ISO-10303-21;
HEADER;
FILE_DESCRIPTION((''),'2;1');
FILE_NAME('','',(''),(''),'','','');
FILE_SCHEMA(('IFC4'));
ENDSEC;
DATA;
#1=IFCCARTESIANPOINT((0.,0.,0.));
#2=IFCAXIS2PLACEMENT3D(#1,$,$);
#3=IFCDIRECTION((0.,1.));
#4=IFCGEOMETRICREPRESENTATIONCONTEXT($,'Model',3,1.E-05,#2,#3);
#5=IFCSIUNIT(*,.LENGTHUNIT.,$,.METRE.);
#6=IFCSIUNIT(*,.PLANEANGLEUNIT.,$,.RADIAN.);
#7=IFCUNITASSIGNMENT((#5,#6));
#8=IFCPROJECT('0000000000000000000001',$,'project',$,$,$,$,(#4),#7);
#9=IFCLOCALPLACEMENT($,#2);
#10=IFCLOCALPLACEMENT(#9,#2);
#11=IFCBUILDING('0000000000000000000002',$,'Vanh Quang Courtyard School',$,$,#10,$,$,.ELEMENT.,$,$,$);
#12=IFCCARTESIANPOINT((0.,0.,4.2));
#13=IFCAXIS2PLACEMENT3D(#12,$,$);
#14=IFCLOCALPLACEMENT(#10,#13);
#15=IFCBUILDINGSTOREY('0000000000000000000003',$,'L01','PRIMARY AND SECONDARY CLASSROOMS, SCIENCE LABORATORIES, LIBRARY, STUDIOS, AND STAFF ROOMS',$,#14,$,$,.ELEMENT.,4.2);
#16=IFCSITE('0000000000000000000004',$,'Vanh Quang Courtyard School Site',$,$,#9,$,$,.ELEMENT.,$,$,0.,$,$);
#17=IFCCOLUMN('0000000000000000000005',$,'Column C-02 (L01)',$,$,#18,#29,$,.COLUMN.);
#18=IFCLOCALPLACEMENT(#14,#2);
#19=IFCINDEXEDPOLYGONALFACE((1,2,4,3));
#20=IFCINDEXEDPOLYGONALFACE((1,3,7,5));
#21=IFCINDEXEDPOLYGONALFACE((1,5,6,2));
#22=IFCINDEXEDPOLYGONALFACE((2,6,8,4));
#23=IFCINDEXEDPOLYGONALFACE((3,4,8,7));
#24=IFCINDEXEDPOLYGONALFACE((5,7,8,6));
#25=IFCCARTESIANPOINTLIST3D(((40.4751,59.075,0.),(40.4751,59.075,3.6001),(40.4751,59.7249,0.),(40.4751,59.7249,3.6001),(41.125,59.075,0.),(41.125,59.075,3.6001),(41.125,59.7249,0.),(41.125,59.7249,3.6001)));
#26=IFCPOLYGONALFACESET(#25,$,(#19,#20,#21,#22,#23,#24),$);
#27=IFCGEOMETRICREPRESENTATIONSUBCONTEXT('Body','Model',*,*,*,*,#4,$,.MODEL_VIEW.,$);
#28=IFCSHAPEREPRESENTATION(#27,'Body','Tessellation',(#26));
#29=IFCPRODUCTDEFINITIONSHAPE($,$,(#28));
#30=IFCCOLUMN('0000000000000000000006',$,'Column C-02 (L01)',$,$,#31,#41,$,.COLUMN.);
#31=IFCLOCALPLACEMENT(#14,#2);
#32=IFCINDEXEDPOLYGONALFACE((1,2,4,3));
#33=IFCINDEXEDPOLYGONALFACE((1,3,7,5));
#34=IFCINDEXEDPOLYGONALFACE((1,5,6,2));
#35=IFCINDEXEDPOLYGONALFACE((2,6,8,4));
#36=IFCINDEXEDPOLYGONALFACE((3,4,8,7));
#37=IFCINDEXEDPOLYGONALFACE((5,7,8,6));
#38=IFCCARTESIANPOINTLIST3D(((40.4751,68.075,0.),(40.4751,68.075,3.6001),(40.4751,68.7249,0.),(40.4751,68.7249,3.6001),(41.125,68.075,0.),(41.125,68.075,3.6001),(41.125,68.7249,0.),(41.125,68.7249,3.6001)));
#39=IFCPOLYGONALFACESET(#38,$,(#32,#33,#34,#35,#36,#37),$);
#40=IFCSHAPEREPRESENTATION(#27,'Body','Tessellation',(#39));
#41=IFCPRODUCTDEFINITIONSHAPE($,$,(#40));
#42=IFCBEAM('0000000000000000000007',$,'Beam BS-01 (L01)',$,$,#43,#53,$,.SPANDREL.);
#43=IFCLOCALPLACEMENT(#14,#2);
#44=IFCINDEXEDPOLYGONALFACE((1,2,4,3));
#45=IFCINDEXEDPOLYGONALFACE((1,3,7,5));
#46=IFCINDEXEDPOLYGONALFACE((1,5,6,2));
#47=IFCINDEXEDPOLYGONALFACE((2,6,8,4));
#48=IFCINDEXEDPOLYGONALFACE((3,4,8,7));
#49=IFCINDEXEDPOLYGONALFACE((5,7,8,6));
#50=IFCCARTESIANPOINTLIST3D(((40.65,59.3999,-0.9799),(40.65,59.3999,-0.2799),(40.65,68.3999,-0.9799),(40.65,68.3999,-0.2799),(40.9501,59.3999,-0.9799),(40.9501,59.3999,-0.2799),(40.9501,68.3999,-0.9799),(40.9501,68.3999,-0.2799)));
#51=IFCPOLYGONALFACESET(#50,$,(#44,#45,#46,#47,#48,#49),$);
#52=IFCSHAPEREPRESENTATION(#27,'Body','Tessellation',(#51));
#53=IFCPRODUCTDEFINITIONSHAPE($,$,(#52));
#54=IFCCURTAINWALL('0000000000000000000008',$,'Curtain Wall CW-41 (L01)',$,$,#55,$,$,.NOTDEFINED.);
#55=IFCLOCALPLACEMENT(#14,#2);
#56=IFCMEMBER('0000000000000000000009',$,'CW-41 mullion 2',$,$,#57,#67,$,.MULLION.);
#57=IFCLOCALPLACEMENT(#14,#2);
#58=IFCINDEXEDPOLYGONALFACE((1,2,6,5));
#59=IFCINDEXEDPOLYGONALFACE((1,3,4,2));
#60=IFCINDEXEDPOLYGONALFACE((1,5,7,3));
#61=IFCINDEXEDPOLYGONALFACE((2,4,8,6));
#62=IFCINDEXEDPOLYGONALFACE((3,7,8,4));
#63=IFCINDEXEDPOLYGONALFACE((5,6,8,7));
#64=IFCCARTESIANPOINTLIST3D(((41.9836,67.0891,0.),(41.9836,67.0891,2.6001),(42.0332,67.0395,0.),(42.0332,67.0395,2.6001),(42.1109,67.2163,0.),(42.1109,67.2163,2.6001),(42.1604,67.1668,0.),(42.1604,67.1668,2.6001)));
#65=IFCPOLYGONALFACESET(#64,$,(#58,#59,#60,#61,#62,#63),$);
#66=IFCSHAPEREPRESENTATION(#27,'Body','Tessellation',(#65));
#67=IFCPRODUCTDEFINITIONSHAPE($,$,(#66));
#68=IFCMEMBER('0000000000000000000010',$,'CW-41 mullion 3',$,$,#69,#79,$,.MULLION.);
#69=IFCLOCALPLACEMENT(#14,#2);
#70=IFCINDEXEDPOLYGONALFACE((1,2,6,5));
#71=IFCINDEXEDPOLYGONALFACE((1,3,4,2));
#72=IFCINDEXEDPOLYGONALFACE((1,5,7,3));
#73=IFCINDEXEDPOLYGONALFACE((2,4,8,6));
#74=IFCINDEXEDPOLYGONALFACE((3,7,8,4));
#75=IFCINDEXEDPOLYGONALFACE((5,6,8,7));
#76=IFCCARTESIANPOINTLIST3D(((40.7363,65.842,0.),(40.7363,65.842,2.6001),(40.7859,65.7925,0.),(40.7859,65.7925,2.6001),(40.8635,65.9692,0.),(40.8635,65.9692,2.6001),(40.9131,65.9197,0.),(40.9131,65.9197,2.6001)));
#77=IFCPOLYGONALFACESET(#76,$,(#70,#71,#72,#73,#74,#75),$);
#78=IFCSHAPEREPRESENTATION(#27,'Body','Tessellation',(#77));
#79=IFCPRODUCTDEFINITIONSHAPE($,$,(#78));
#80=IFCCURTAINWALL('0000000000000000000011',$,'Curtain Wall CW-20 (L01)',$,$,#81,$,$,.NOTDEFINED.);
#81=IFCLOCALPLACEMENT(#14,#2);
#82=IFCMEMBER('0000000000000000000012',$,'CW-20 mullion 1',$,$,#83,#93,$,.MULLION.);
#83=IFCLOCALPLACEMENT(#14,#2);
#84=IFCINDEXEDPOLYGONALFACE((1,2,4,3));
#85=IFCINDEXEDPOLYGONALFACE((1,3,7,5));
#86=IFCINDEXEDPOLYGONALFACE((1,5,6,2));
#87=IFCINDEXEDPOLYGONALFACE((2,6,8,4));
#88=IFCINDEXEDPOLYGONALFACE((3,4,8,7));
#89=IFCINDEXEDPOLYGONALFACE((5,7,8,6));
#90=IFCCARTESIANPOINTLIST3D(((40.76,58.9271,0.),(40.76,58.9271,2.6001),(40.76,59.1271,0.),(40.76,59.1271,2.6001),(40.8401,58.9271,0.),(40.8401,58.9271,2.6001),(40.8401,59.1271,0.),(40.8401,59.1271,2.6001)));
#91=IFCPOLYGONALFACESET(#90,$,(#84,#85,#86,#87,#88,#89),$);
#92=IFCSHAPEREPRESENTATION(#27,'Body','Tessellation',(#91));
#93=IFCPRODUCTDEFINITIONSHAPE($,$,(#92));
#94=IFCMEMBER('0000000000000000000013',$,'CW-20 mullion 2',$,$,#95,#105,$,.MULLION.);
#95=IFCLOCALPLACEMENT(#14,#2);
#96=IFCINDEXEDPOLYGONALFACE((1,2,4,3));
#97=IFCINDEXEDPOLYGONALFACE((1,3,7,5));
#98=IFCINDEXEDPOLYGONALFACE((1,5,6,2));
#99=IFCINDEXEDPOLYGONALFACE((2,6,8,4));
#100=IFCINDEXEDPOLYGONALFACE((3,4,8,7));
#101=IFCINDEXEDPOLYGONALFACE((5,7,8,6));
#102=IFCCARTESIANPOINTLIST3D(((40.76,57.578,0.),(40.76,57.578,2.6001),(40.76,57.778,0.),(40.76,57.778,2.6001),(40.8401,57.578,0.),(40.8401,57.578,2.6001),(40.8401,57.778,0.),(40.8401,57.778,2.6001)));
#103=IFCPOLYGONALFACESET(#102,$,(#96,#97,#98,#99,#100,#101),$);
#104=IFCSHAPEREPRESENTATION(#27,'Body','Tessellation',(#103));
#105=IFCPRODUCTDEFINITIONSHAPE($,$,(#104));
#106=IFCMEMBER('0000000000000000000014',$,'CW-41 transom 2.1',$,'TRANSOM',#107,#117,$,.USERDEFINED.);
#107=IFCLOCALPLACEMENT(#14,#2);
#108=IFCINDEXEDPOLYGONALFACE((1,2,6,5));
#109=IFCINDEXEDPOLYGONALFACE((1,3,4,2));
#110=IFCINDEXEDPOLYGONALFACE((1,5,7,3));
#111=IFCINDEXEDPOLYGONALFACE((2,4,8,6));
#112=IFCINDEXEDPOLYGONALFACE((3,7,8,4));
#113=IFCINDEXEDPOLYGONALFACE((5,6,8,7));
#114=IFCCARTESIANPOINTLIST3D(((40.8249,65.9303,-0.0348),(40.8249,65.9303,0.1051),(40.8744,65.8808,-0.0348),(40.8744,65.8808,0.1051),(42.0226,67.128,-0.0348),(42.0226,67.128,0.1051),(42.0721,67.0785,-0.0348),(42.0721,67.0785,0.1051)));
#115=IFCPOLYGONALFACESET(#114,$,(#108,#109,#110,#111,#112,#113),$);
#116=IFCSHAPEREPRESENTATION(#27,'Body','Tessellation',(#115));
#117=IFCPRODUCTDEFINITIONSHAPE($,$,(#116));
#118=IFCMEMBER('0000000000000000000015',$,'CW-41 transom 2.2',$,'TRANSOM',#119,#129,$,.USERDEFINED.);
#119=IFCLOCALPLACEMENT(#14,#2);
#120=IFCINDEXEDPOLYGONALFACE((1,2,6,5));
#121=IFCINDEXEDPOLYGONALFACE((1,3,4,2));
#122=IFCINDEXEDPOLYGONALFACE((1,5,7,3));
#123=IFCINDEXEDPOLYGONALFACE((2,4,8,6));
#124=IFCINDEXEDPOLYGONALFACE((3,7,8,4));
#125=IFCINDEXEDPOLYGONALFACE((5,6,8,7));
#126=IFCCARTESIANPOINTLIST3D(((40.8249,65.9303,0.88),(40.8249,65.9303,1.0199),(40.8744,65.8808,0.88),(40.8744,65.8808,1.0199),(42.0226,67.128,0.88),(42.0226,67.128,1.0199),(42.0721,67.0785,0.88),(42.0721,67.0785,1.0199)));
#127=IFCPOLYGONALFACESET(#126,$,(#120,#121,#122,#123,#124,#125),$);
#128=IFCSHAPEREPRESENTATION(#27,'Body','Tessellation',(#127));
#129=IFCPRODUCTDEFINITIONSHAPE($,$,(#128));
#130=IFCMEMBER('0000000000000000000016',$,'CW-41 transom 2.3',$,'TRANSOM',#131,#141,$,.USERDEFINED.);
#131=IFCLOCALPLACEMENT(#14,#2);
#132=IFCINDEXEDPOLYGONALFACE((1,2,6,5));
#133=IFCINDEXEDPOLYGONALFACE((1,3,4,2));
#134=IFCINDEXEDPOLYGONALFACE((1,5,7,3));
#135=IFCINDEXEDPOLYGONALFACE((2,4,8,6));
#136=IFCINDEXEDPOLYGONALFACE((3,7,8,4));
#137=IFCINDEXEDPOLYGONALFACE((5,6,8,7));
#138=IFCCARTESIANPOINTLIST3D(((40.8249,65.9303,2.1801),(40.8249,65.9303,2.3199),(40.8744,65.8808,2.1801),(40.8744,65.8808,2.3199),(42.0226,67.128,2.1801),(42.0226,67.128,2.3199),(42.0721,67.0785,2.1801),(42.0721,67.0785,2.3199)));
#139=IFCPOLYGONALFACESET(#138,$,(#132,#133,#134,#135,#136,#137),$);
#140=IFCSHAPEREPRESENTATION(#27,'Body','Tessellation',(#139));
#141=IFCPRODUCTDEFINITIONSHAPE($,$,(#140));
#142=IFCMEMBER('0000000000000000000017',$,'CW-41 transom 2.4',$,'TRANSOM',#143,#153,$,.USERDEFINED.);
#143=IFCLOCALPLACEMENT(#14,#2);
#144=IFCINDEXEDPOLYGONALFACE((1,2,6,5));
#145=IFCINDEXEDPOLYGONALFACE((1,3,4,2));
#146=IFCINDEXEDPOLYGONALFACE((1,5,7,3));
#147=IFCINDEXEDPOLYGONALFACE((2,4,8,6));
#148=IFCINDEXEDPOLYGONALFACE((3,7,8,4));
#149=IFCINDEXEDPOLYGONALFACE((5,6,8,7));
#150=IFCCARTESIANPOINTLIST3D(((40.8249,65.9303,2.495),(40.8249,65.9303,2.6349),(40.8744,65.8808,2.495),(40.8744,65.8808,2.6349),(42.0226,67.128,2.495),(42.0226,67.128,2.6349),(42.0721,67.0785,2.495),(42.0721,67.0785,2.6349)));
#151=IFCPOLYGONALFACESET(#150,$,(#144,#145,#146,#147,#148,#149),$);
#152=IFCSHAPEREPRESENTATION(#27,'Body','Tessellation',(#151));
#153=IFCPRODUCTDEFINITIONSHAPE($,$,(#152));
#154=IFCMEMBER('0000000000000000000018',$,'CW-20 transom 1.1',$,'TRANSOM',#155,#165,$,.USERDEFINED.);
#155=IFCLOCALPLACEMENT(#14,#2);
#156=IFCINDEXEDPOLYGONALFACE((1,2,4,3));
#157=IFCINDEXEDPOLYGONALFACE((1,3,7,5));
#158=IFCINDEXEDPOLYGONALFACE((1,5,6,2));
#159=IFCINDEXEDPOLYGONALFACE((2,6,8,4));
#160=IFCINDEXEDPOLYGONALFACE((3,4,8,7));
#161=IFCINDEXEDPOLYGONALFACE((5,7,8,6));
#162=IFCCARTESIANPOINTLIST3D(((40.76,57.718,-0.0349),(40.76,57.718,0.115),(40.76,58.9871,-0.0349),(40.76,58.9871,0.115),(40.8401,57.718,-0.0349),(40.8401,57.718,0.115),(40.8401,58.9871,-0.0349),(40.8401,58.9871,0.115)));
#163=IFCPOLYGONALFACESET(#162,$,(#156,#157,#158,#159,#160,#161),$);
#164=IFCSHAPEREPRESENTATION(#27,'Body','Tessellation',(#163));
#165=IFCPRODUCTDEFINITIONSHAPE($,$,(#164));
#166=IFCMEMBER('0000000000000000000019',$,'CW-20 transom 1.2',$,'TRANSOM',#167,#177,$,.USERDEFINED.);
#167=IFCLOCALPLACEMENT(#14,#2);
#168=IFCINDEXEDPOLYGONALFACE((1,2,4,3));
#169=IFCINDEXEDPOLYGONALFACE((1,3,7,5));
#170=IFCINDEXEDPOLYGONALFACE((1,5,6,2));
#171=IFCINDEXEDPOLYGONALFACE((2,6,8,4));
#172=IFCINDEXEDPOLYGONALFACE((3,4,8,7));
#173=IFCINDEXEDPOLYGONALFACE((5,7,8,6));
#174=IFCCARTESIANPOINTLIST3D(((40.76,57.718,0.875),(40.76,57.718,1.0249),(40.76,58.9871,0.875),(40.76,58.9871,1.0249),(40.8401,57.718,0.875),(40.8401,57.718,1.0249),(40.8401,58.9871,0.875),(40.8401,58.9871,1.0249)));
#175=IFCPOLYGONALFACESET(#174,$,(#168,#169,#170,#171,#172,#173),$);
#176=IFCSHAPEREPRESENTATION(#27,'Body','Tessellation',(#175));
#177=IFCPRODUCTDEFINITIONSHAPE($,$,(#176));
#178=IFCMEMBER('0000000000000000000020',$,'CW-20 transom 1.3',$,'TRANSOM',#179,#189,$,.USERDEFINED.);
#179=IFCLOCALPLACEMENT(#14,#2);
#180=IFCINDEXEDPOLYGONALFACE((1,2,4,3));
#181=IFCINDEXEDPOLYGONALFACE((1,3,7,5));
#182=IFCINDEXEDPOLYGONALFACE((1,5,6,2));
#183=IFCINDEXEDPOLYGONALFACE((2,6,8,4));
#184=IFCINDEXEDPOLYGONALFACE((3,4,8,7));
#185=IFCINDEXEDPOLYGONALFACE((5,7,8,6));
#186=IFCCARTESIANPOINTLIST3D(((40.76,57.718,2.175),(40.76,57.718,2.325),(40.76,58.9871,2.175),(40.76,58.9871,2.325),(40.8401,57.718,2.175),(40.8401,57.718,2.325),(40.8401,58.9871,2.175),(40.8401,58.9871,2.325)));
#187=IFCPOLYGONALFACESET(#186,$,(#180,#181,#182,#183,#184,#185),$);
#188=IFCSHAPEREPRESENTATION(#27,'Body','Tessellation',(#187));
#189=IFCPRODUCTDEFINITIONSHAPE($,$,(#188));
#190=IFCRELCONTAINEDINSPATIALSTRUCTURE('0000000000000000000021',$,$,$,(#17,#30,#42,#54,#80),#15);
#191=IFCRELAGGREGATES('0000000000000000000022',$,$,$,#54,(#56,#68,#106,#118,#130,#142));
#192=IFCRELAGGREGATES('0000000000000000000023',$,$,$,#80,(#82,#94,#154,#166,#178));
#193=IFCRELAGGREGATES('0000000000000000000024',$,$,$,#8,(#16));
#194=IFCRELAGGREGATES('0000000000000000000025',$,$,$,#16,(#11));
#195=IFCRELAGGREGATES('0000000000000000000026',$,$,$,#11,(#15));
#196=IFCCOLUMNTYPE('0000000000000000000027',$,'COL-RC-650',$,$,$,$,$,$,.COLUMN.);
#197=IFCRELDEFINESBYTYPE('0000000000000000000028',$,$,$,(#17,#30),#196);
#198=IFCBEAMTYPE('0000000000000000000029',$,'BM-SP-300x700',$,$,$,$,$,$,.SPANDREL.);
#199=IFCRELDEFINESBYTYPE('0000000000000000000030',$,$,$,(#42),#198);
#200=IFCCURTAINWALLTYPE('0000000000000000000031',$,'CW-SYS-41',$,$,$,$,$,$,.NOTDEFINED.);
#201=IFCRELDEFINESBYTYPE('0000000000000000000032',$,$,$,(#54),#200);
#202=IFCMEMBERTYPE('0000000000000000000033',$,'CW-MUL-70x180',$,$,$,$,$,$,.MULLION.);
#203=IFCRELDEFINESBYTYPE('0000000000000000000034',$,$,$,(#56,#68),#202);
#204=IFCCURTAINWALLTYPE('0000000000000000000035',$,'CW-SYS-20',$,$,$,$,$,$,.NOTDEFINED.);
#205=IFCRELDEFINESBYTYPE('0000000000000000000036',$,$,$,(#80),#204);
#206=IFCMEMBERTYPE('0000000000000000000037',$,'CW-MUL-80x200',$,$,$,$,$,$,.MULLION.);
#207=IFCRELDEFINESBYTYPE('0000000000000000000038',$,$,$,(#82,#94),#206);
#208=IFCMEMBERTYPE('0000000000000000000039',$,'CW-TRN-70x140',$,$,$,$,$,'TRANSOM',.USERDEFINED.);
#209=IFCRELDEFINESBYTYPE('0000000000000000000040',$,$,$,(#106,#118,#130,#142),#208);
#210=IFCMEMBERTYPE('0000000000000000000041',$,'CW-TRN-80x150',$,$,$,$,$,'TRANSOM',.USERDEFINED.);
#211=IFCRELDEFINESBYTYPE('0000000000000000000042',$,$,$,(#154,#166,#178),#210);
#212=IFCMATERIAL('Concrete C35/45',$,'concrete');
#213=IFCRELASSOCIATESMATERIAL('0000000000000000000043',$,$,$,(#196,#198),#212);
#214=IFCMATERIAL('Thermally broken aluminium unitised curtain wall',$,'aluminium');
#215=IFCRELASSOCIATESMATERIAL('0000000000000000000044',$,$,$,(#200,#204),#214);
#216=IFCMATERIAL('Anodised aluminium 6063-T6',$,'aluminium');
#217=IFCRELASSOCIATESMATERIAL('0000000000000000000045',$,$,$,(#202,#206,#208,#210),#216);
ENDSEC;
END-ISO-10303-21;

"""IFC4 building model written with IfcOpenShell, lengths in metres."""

from ifc_helpers import new_model, si_unit, direction, frame, origin, origin_2d, place, context, subcontext, project, spatial, rectangle, extrude, material, material_profile, profile_set, type_object, element, aggregate, save


model = new_model("IFC4")

# Units and contexts
model_context = context("Model", 3, precision=1e-05, world=origin(), true_north=direction((0.0, 1.0)))
body_context = subcontext(model_context, "Body", "Model", "MODEL_VIEW")
ifc_project = project(units=[si_unit("LENGTHUNIT", "METRE"), si_unit("PLANEANGLEUNIT", "RADIAN")], contexts=[model_context])

# Site, building, storey
site_placement = place(None, origin())
site = spatial("IfcSite", under=ifc_project, at=site_placement, Name="Vanh Quang Courtyard School Site", CompositionType="ELEMENT", RefElevation=0.0)
building_placement = place(site_placement, origin())
building = spatial("IfcBuilding", under=site, at=building_placement, Name="Vanh Quang Courtyard School", CompositionType="ELEMENT")
storey_placement = place(building_placement, frame((0.0, 0.0, 4.2)))
storey = spatial("IfcBuildingStorey", under=building, at=storey_placement, Name="L01", Description="PRIMARY AND SECONDARY CLASSROOMS, SCIENCE LABORATORIES, LIBRARY, STUDIOS, AND STAFF ROOMS", CompositionType="ELEMENT", Elevation=4.2)

# Columns
ifc_material_1 = material(Name="Concrete C35/45", Category="concrete")
ifc_material_profile_1 = material_profile(ifc_material_1, rectangle(XDim=0.6499, YDim=0.6499, at=origin_2d()), Name="RC-COL 650x650")
ifc_profile_set_1 = profile_set([ifc_material_profile_1], Name="Concrete C35/45")
column_type = type_object("IfcColumnType", Name="COL-RC-650", PredefinedType="COLUMN", material=ifc_profile_set_1)
for number, where, z_axis, x_axis, name in (
    (1, (40.8, 59.3999, 0.0), (0.0, 0.0, 1.0), (1.0, 0.0, 0.0), "Column C-02 (L01)"),
    (2, (40.8, 68.3999, 0.0), (0.0, 0.0, 1.0), (1.0, 0.0, 0.0), "Column C-02 (L01)"),
):
    element("IfcColumn", number, at=place(storey_placement, frame(where, z_axis=z_axis, x_axis=x_axis)), inside=storey, type_object=column_type, Name=name, PredefinedType="COLUMN", context=body_context, shape_type="SweptSolid", body=[
        extrude(rectangle(XDim=0.6499, YDim=0.6499, at=origin_2d()), origin(), (0.0, 0.0, 1.0), 3.6001),
    ])

# Beam
ifc_material_profile_2 = material_profile(ifc_material_1, rectangle(XDim=0.3, YDim=0.7, at=origin_2d()), Name="RC-SP 300x700")
ifc_profile_set_2 = profile_set([ifc_material_profile_2], Name="Concrete C35/45")
beam_type = type_object("IfcBeamType", Name="BM-SP-300x700", PredefinedType="SPANDREL", material=ifc_profile_set_2)
beam_placement = place(storey_placement, frame((40.8, 59.3999, -0.6299), z_axis=(0.0, 1.0, 0.0), x_axis=(-1.0, 0.0, 0.0)))
element("IfcBeam", 3, at=beam_placement, inside=storey, type_object=beam_type, Name="Beam BS-01 (L01)", PredefinedType="SPANDREL", context=body_context, shape_type="SweptSolid", body=[
    extrude(rectangle(XDim=0.3, YDim=0.7, at=origin_2d()), origin(), (0.0, 0.0, 1.0), 9.0),
])

# Curtain walls, members
ifc_material_2 = material(Name="Thermally broken aluminium unitised curtain wall", Category="aluminium")
curtain_wall_type_1 = type_object("IfcCurtainWallType", Name="CW-SYS-41", PredefinedType="NOTDEFINED", material=ifc_material_2)
curtain_wall_1_placement = place(storey_placement, origin())
curtain_wall_1 = element("IfcCurtainWall", 4, at=curtain_wall_1_placement, inside=storey, type_object=curtain_wall_type_1, Name="Curtain Wall CW-41 (L01)", PredefinedType="NOTDEFINED")
ifc_material_3 = material(Name="Anodised aluminium 6063-T6", Category="aluminium")
ifc_material_profile_3 = material_profile(ifc_material_3, rectangle(XDim=0.0701, YDim=0.1799, at=origin_2d()), Name="ALU-MUL 70x180")
ifc_profile_set_3 = profile_set([ifc_material_profile_3], Name="Anodised aluminium 6063-T6")
member_type_1 = type_object("IfcMemberType", Name="CW-MUL-70x180", PredefinedType="MULLION", material=ifc_profile_set_3)
member_1_placement = place(storey_placement, frame((42.072, 67.1279, 0.0), z_axis=(0.0, 0.0, 1.0), x_axis=(0.707107, -0.707107, 0.0)))
member_1 = element("IfcMember", 5, at=member_1_placement, type_object=member_type_1, Name="CW-41 mullion 2", PredefinedType="MULLION", context=body_context, shape_type="SweptSolid", body=[
    extrude(rectangle(XDim=0.0701, YDim=0.1799, at=origin_2d()), origin(), (0.0, 0.0, 1.0), 2.6001),
])
member_2_placement = place(storey_placement, frame((40.8247, 65.8809, 0.0), z_axis=(0.0, 0.0, 1.0), x_axis=(0.707107, -0.707107, 0.0)))
member_2 = element("IfcMember", 6, at=member_2_placement, type_object=member_type_1, Name="CW-41 mullion 3", PredefinedType="MULLION", context=body_context, shape_type="SweptSolid", body=[
    extrude(rectangle(XDim=0.0701, YDim=0.1799, at=origin_2d()), origin(), (0.0, 0.0, 1.0), 2.6001),
])
curtain_wall_type_2 = type_object("IfcCurtainWallType", Name="CW-SYS-20", PredefinedType="NOTDEFINED", material=ifc_material_2)
curtain_wall_2_placement = place(storey_placement, origin())
curtain_wall_2 = element("IfcCurtainWall", 7, at=curtain_wall_2_placement, inside=storey, type_object=curtain_wall_type_2, Name="Curtain Wall CW-20 (L01)", PredefinedType="NOTDEFINED")
ifc_material_profile_4 = material_profile(ifc_material_3, rectangle(XDim=0.0801, YDim=0.2, at=origin_2d()), Name="ALU-MUL 80x200")
ifc_profile_set_4 = profile_set([ifc_material_profile_4], Name="Anodised aluminium 6063-T6")
member_type_2 = type_object("IfcMemberType", Name="CW-MUL-80x200", PredefinedType="MULLION", material=ifc_profile_set_4)
member_3_placement = place(storey_placement, frame((40.8, 59.0271, 0.0), z_axis=(0.0, 0.0, 1.0), x_axis=(1.0, 0.0, 0.0)))
member_3 = element("IfcMember", 8, at=member_3_placement, type_object=member_type_2, Name="CW-20 mullion 1", PredefinedType="MULLION", context=body_context, shape_type="SweptSolid", body=[
    extrude(rectangle(XDim=0.0801, YDim=0.2, at=origin_2d()), origin(), (0.0, 0.0, 1.0), 2.6001),
])
member_4_placement = place(storey_placement, frame((40.8, 57.678, 0.0), z_axis=(0.0, 0.0, 1.0), x_axis=(1.0, 0.0, 0.0)))
member_4 = element("IfcMember", 9, at=member_4_placement, type_object=member_type_2, Name="CW-20 mullion 2", PredefinedType="MULLION", context=body_context, shape_type="SweptSolid", body=[
    extrude(rectangle(XDim=0.0801, YDim=0.2, at=origin_2d()), origin(), (0.0, 0.0, 1.0), 2.6001),
])

# Members
ifc_material_profile_5 = material_profile(ifc_material_3, rectangle(XDim=0.0701, YDim=0.1399, at=origin_2d()), Name="ALU-TRN 70x140")
ifc_profile_set_5 = profile_set([ifc_material_profile_5], Name="Anodised aluminium 6063-T6")
member_type_3 = type_object("IfcMemberType", Name="CW-TRN-70x140", ElementType="TRANSOM", PredefinedType="USERDEFINED", material=ifc_profile_set_5)
member_5_placement = place(storey_placement, frame((42.0474, 67.1033, 0.0352), z_axis=(-0.707107, -0.707107, 0.0), x_axis=(0.707107, -0.707107, 0.0)))
member_5 = element("IfcMember", 10, at=member_5_placement, type_object=member_type_3, Name="CW-41 transom 2.1", ObjectType="TRANSOM", PredefinedType="USERDEFINED", context=body_context, shape_type="SweptSolid", body=[
    extrude(rectangle(XDim=0.0701, YDim=0.1399, at=origin_2d()), origin(), (0.0, 0.0, 1.0), 1.6938),
])
member_6_placement = place(storey_placement, frame((42.0474, 67.1033, 0.95), z_axis=(-0.707107, -0.707107, 0.0), x_axis=(0.707107, -0.707107, 0.0)))
member_6 = element("IfcMember", 11, at=member_6_placement, type_object=member_type_3, Name="CW-41 transom 2.2", ObjectType="TRANSOM", PredefinedType="USERDEFINED", context=body_context, shape_type="SweptSolid", body=[
    extrude(rectangle(XDim=0.0701, YDim=0.1399, at=origin_2d()), origin(), (0.0, 0.0, 1.0), 1.6938),
])
member_7_placement = place(storey_placement, frame((42.0474, 67.1033, 2.25), z_axis=(-0.707107, -0.707107, 0.0), x_axis=(0.707107, -0.707107, 0.0)))
member_7 = element("IfcMember", 12, at=member_7_placement, type_object=member_type_3, Name="CW-41 transom 2.3", ObjectType="TRANSOM", PredefinedType="USERDEFINED", context=body_context, shape_type="SweptSolid", body=[
    extrude(rectangle(XDim=0.0701, YDim=0.1399, at=origin_2d()), origin(), (0.0, 0.0, 1.0), 1.6938),
])
member_8_placement = place(storey_placement, frame((42.0474, 67.1033, 2.5649), z_axis=(-0.707107, -0.707107, 0.0), x_axis=(0.707107, -0.707107, 0.0)))
member_8 = element("IfcMember", 13, at=member_8_placement, type_object=member_type_3, Name="CW-41 transom 2.4", ObjectType="TRANSOM", PredefinedType="USERDEFINED", context=body_context, shape_type="SweptSolid", body=[
    extrude(rectangle(XDim=0.0701, YDim=0.1399, at=origin_2d()), origin(), (0.0, 0.0, 1.0), 1.6938),
])
ifc_material_profile_6 = material_profile(ifc_material_3, rectangle(XDim=0.0801, YDim=0.1499, at=origin_2d()), Name="ALU-TRN 80x150")
ifc_profile_set_6 = profile_set([ifc_material_profile_6], Name="Anodised aluminium 6063-T6")
member_type_4 = type_object("IfcMemberType", Name="CW-TRN-80x150", ElementType="TRANSOM", PredefinedType="USERDEFINED", material=ifc_profile_set_6)
member_9_placement = place(storey_placement, frame((40.8, 58.9871, 0.04), z_axis=(0.0, -1.0, 0.0), x_axis=(1.0, 0.0, 0.0)))
member_9 = element("IfcMember", 14, at=member_9_placement, type_object=member_type_4, Name="CW-20 transom 1.1", ObjectType="TRANSOM", PredefinedType="USERDEFINED", context=body_context, shape_type="SweptSolid", body=[
    extrude(rectangle(XDim=0.0801, YDim=0.1499, at=origin_2d()), origin(), (0.0, 0.0, 1.0), 1.269),
])
member_10_placement = place(storey_placement, frame((40.8, 58.9871, 0.95), z_axis=(0.0, -1.0, 0.0), x_axis=(1.0, 0.0, 0.0)))
member_10 = element("IfcMember", 15, at=member_10_placement, type_object=member_type_4, Name="CW-20 transom 1.2", ObjectType="TRANSOM", PredefinedType="USERDEFINED", context=body_context, shape_type="SweptSolid", body=[
    extrude(rectangle(XDim=0.0801, YDim=0.1499, at=origin_2d()), origin(), (0.0, 0.0, 1.0), 1.269),
])
member_11_placement = place(storey_placement, frame((40.8, 58.9871, 2.25), z_axis=(0.0, -1.0, 0.0), x_axis=(1.0, 0.0, 0.0)))
member_11 = element("IfcMember", 16, at=member_11_placement, type_object=member_type_4, Name="CW-20 transom 1.3", ObjectType="TRANSOM", PredefinedType="USERDEFINED", context=body_context, shape_type="SweptSolid", body=[
    extrude(rectangle(XDim=0.0801, YDim=0.1499, at=origin_2d()), origin(), (0.0, 0.0, 1.0), 1.269),
])

aggregate(curtain_wall_1, [member_1, member_2, member_5, member_6, member_7, member_8])
aggregate(curtain_wall_2, [member_3, member_4, member_9, member_10, member_11])

save(model, "model.ifc")
